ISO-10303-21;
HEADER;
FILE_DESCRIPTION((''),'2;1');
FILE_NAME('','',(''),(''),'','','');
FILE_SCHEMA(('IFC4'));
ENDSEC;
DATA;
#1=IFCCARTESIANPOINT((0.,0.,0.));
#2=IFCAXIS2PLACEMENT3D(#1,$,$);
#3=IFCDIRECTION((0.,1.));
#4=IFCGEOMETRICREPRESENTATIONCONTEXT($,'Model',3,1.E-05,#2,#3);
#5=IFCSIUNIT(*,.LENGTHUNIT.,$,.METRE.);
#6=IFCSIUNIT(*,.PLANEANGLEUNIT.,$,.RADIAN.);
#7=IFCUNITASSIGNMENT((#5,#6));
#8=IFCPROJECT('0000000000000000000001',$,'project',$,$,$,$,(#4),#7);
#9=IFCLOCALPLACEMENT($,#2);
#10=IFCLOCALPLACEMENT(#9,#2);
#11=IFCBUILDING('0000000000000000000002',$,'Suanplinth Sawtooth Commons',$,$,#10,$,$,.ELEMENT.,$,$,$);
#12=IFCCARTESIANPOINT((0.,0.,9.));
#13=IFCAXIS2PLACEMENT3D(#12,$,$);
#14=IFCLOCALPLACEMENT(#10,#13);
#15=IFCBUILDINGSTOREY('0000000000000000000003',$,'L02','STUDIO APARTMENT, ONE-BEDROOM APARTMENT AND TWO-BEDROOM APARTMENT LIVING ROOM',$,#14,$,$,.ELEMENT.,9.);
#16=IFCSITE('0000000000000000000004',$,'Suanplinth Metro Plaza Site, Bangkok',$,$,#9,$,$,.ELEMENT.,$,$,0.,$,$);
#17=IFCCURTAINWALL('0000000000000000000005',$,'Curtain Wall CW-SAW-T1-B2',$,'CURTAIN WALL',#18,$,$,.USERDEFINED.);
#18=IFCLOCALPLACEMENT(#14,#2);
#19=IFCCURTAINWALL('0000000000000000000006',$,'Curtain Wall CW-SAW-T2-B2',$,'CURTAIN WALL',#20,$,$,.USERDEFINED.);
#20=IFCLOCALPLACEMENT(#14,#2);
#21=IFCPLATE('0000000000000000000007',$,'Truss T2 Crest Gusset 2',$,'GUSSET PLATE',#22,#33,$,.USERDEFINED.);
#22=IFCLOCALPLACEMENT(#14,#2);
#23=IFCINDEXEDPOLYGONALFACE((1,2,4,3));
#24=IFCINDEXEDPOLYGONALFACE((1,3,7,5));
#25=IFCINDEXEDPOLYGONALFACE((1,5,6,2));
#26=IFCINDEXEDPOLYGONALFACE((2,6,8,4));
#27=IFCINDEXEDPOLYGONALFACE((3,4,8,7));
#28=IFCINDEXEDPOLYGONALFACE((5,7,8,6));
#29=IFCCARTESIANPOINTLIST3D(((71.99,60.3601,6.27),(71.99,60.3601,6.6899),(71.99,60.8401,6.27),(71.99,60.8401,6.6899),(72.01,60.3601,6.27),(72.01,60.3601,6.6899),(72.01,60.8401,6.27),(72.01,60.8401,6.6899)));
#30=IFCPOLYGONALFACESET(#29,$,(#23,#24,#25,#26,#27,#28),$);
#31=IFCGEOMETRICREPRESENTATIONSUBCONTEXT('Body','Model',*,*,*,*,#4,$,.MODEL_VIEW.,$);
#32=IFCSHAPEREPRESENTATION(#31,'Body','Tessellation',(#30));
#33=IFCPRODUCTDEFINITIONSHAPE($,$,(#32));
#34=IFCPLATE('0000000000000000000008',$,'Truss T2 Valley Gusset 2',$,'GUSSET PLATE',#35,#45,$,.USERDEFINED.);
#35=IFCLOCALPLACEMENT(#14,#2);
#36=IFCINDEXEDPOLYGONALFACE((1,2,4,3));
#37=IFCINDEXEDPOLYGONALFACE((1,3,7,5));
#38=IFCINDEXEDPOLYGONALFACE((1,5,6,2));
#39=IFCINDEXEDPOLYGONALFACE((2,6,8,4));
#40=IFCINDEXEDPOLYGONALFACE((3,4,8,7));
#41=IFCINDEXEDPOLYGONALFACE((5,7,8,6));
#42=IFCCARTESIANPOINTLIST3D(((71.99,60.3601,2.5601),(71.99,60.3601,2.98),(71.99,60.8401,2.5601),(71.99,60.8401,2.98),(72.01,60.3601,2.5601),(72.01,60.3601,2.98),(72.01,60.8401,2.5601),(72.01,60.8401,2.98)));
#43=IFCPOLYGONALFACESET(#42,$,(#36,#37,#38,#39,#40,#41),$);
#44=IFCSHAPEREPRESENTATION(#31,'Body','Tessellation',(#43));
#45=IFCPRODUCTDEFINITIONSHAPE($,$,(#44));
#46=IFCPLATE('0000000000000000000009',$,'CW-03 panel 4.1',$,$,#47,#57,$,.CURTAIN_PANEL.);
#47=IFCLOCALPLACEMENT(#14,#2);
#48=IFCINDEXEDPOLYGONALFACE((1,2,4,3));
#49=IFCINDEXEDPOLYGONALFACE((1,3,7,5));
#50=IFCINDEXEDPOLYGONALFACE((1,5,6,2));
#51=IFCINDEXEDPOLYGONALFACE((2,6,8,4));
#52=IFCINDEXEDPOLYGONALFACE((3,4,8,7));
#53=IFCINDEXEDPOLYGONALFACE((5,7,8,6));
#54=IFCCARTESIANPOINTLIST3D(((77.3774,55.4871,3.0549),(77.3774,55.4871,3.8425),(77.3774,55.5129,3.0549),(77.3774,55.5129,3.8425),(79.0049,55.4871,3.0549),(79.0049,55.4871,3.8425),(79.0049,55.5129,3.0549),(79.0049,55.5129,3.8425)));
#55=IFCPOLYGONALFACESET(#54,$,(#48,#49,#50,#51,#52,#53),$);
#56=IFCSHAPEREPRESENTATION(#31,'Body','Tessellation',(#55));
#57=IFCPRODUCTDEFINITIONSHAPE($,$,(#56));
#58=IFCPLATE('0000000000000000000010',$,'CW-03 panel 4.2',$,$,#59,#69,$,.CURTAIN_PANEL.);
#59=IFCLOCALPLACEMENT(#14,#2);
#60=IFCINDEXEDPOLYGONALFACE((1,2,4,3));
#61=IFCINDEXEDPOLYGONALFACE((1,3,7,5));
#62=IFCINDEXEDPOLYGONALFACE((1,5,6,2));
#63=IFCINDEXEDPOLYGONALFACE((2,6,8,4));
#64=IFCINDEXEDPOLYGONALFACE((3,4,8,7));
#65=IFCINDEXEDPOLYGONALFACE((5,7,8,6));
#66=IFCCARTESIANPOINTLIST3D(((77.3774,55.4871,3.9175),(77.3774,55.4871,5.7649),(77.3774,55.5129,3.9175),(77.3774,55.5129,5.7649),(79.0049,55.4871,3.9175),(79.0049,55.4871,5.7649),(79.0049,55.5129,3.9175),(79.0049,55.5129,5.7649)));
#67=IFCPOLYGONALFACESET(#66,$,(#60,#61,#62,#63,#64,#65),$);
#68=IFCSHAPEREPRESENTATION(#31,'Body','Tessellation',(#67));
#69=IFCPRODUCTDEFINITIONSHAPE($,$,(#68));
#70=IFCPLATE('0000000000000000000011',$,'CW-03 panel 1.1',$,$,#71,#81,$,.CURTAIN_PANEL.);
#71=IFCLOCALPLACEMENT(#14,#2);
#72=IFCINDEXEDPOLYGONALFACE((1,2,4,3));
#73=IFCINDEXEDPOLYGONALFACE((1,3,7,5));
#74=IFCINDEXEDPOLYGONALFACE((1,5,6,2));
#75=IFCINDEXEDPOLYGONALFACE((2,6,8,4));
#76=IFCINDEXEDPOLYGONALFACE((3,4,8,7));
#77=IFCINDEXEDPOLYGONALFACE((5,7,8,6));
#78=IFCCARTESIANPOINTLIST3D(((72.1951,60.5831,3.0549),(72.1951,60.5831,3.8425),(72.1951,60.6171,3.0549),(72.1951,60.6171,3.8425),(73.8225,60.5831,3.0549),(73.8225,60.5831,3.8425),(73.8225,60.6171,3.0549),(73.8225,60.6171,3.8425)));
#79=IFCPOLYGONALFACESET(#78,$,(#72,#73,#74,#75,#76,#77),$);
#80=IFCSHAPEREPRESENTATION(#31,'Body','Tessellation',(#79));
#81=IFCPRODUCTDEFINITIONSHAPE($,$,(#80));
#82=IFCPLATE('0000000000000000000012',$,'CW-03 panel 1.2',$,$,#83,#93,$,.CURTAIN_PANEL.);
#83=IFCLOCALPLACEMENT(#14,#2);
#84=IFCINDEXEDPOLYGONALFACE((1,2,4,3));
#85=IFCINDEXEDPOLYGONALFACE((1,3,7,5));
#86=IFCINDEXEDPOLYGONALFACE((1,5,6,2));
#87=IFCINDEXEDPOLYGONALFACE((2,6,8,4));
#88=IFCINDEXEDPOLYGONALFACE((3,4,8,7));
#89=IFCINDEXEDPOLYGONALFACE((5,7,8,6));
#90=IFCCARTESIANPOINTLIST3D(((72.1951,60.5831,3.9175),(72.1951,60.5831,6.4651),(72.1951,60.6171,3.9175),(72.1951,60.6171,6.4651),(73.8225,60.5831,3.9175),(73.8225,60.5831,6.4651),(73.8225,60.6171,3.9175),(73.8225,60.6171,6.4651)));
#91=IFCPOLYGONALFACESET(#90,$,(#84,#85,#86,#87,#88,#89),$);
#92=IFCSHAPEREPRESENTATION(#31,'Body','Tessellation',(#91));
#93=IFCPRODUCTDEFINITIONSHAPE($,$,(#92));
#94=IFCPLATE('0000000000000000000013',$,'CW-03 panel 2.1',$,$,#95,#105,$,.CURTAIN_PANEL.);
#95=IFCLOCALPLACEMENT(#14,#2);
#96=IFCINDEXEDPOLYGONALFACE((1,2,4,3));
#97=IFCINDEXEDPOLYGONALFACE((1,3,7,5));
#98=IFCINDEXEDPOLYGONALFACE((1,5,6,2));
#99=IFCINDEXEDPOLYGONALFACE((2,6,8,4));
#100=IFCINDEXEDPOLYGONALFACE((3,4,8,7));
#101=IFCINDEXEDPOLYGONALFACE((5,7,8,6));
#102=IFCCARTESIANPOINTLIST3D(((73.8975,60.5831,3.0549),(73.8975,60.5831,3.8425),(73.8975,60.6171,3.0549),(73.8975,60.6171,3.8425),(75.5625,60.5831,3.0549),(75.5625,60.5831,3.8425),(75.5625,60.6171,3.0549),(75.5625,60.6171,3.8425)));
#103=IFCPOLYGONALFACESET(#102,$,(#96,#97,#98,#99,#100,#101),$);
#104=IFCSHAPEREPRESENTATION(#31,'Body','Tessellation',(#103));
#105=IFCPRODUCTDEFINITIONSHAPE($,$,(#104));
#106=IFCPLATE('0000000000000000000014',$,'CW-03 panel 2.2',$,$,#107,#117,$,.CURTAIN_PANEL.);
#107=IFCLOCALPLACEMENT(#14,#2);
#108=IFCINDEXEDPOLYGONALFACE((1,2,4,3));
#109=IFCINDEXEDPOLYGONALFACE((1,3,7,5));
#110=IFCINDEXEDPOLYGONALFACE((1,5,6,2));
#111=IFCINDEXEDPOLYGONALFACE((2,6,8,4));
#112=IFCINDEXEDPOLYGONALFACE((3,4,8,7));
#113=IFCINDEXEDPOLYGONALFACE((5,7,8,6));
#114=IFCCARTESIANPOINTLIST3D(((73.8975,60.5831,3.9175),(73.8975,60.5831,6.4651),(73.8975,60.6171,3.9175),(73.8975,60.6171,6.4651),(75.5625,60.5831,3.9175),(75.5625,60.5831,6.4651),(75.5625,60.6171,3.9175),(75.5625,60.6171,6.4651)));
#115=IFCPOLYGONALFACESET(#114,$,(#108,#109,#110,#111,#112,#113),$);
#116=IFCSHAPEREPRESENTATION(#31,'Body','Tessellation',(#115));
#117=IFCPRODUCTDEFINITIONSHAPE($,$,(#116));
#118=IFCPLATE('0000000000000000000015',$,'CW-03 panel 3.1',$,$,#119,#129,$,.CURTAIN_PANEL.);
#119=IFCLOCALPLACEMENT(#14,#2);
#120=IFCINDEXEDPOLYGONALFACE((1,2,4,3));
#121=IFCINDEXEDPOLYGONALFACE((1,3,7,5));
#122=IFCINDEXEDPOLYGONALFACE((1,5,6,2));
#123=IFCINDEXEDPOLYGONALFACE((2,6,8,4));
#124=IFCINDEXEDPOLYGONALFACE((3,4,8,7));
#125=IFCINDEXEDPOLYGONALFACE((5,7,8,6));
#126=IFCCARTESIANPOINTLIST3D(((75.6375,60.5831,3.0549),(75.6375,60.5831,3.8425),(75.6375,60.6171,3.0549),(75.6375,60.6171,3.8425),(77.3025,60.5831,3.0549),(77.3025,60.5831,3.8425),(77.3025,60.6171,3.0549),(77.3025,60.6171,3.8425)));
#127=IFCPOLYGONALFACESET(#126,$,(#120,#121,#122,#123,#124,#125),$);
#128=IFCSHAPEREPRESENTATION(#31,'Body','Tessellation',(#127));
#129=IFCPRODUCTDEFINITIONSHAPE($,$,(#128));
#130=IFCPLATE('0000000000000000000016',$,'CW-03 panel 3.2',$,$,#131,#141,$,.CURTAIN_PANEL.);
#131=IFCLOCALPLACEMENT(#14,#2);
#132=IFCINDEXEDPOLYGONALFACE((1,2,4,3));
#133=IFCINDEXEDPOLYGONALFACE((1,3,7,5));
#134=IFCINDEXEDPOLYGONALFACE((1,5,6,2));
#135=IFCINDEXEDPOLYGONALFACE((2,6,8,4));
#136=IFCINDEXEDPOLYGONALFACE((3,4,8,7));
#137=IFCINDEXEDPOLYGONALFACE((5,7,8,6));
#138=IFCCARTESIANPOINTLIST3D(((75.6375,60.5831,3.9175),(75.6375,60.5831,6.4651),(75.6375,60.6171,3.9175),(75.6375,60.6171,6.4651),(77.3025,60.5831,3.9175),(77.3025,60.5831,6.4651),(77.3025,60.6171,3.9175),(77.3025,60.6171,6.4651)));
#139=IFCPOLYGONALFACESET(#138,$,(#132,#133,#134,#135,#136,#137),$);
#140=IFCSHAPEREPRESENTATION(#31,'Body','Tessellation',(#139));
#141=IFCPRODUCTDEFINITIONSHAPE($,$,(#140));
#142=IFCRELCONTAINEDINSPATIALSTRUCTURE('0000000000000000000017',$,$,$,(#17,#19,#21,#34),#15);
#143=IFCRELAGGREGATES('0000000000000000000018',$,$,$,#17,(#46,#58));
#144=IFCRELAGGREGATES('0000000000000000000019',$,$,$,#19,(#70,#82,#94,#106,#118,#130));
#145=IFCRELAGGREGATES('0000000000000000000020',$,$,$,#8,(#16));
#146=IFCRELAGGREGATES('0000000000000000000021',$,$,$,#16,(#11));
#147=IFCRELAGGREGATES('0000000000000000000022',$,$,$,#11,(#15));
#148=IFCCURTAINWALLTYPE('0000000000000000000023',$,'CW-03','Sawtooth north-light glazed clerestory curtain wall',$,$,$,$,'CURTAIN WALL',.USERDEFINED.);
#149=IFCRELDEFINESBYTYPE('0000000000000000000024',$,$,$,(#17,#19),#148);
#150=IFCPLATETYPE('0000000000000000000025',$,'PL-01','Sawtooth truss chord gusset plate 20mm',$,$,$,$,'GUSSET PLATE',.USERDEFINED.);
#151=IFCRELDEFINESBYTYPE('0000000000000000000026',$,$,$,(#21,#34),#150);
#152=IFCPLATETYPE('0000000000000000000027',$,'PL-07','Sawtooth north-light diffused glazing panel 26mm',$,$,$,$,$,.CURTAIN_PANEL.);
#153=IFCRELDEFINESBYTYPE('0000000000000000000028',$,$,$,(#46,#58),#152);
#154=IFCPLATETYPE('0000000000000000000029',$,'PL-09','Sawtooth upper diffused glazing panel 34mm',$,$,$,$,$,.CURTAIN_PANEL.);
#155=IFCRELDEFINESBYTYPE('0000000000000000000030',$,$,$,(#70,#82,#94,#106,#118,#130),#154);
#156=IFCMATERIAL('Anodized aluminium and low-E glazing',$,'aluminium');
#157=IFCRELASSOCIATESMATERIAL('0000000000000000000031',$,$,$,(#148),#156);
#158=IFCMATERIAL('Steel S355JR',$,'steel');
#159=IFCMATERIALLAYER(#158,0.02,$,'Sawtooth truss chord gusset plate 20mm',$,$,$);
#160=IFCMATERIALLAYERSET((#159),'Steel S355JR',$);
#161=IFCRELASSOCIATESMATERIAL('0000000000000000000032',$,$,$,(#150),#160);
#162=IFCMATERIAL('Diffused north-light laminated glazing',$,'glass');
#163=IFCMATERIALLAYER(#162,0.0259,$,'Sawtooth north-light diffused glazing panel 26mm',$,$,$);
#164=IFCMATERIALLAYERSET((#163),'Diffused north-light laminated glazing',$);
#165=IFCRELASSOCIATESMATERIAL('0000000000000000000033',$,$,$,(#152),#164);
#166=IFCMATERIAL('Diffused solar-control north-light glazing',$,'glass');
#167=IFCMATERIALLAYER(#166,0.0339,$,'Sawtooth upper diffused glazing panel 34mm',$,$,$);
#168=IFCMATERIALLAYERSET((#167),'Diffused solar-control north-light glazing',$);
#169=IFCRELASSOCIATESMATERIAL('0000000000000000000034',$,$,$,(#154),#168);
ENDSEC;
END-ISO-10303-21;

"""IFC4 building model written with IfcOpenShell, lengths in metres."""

from ifc_helpers import new_model, si_unit, direction, frame, origin, origin_2d, place, context, subcontext, project, spatial, rectangle, extrude, material, layer, layer_set, type_object, element, aggregate, save


model = new_model("IFC4")

# Units and contexts
model_context = context("Model", 3, precision=1e-05, world=origin(), true_north=direction((0.0, 1.0)))
body_context = subcontext(model_context, "Body", "Model", "MODEL_VIEW")
ifc_project = project(units=[si_unit("LENGTHUNIT", "METRE"), si_unit("PLANEANGLEUNIT", "RADIAN")], contexts=[model_context])

# Site, building, storey
site_placement = place(None, origin())
site = spatial("IfcSite", under=ifc_project, at=site_placement, Name="Suanplinth Metro Plaza Site, Bangkok", CompositionType="ELEMENT", RefElevation=0.0)
building_placement = place(site_placement, origin())
building = spatial("IfcBuilding", under=site, at=building_placement, Name="Suanplinth Sawtooth Commons", CompositionType="ELEMENT")
storey_placement = place(building_placement, frame((0.0, 0.0, 9.0)))
storey = spatial("IfcBuildingStorey", under=building, at=storey_placement, Name="L02", Description="STUDIO APARTMENT, ONE-BEDROOM APARTMENT AND TWO-BEDROOM APARTMENT LIVING ROOM", CompositionType="ELEMENT", Elevation=9.0)

# Shared definitions
ifc_material_1 = material(Name="Steel S355JR", Category="steel")

# Curtain wall
ifc_material_2 = material(Name="Anodized aluminium and low-E glazing", Category="aluminium")
curtain_wall_type = type_object("IfcCurtainWallType", Name="CW-03", Description="Sawtooth north-light glazed clerestory curtain wall", ElementType="CURTAIN WALL", PredefinedType="USERDEFINED", material=ifc_material_2)
curtain_wall_1_placement = place(storey_placement, origin())
curtain_wall_1 = element("IfcCurtainWall", 1, at=curtain_wall_1_placement, inside=storey, type_object=curtain_wall_type, Name="Curtain Wall CW-SAW-T1-B2", ObjectType="CURTAIN WALL", PredefinedType="USERDEFINED")

# Curtain wall
curtain_wall_2_placement = place(storey_placement, origin())
curtain_wall_2 = element("IfcCurtainWall", 2, at=curtain_wall_2_placement, inside=storey, type_object=curtain_wall_type, Name="Curtain Wall CW-SAW-T2-B2", ObjectType="CURTAIN WALL", PredefinedType="USERDEFINED")

# Plates
ifc_layer_1 = layer(ifc_material_1, 0.02, Name="Sawtooth truss chord gusset plate 20mm")
ifc_layer_set_1 = layer_set([ifc_layer_1], Name="Steel S355JR")
plate_type_1 = type_object("IfcPlateType", Name="PL-01", Description="Sawtooth truss chord gusset plate 20mm", ElementType="GUSSET PLATE", PredefinedType="USERDEFINED", material=ifc_layer_set_1)
for number, where, z_axis, x_axis, name in (
    (3, (72.0, 60.6001, 6.27), (0.0, 0.0, 1.0), (1.0, 0.0, 0.0), "Truss T2 Crest Gusset 2"),
    (4, (72.0, 60.6001, 2.5601), (0.0, 0.0, 1.0), (1.0, 0.0, 0.0), "Truss T2 Valley Gusset 2"),
):
    element("IfcPlate", number, at=place(storey_placement, frame(where, z_axis=z_axis, x_axis=x_axis)), inside=storey, type_object=plate_type_1, Name=name, ObjectType="GUSSET PLATE", PredefinedType="USERDEFINED", context=body_context, shape_type="SweptSolid", body=[
        extrude(rectangle(XDim=0.02, YDim=0.48, at=origin_2d()), origin(), (0.0, 0.0, 1.0), 0.4199),
    ])

# Plates
ifc_material_3 = material(Name="Diffused north-light laminated glazing", Category="glass")
ifc_layer_2 = layer(ifc_material_3, 0.0259, Name="Sawtooth north-light diffused glazing panel 26mm")
ifc_layer_set_2 = layer_set([ifc_layer_2], Name="Diffused north-light laminated glazing")
plate_type_2 = type_object("IfcPlateType", Name="PL-07", Description="Sawtooth north-light diffused glazing panel 26mm", PredefinedType="CURTAIN_PANEL", material=ifc_layer_set_2)
plate_1_placement = place(storey_placement, frame((78.1912, 55.5, 3.0549), z_axis=(0.0, 0.0, 1.0), x_axis=(1.0, 0.0, 0.0)))
plate_1 = element("IfcPlate", 5, at=plate_1_placement, type_object=plate_type_2, Name="CW-03 panel 4.1", PredefinedType="CURTAIN_PANEL", context=body_context, shape_type="SweptSolid", body=[
    extrude(rectangle(XDim=1.6274, YDim=0.0259, at=origin_2d()), origin(), (0.0, 0.0, 1.0), 0.7876),
])
plate_2_placement = place(storey_placement, frame((78.1912, 55.5, 3.9175), z_axis=(0.0, 0.0, 1.0), x_axis=(1.0, 0.0, 0.0)))
plate_2 = element("IfcPlate", 6, at=plate_2_placement, type_object=plate_type_2, Name="CW-03 panel 4.2", PredefinedType="CURTAIN_PANEL", context=body_context, shape_type="SweptSolid", body=[
    extrude(rectangle(XDim=1.6274, YDim=0.0259, at=origin_2d()), origin(), (0.0, 0.0, 1.0), 1.8474),
])
aggregate(curtain_wall_1, [plate_1, plate_2])
ifc_material_4 = material(Name="Diffused solar-control north-light glazing", Category="glass")
ifc_layer_3 = layer(ifc_material_4, 0.0339, Name="Sawtooth upper diffused glazing panel 34mm")
ifc_layer_set_3 = layer_set([ifc_layer_3], Name="Diffused solar-control north-light glazing")
plate_type_3 = type_object("IfcPlateType", Name="PL-09", Description="Sawtooth upper diffused glazing panel 34mm", PredefinedType="CURTAIN_PANEL", material=ifc_layer_set_3)
plate_3_placement = place(storey_placement, frame((73.0088, 60.6001, 3.0549), z_axis=(0.0, 0.0, 1.0), x_axis=(1.0, 0.0, 0.0)))
plate_3 = element("IfcPlate", 7, at=plate_3_placement, type_object=plate_type_3, Name="CW-03 panel 1.1", PredefinedType="CURTAIN_PANEL", context=body_context, shape_type="SweptSolid", body=[
    extrude(rectangle(XDim=1.6274, YDim=0.0339, at=origin_2d()), origin(), (0.0, 0.0, 1.0), 0.7876),
])
plate_4_placement = place(storey_placement, frame((73.0088, 60.6001, 3.9175), z_axis=(0.0, 0.0, 1.0), x_axis=(1.0, 0.0, 0.0)))
plate_4 = element("IfcPlate", 8, at=plate_4_placement, type_object=plate_type_3, Name="CW-03 panel 1.2", PredefinedType="CURTAIN_PANEL", context=body_context, shape_type="SweptSolid", body=[
    extrude(rectangle(XDim=1.6274, YDim=0.0339, at=origin_2d()), origin(), (0.0, 0.0, 1.0), 2.5476),
])
plate_5_placement = place(storey_placement, frame((74.73, 60.6001, 3.0549), z_axis=(0.0, 0.0, 1.0), x_axis=(1.0, 0.0, 0.0)))
plate_5 = element("IfcPlate", 9, at=plate_5_placement, type_object=plate_type_3, Name="CW-03 panel 2.1", PredefinedType="CURTAIN_PANEL", context=body_context, shape_type="SweptSolid", body=[
    extrude(rectangle(XDim=1.665, YDim=0.0339, at=origin_2d()), origin(), (0.0, 0.0, 1.0), 0.7876),
])
plate_6_placement = place(storey_placement, frame((74.73, 60.6001, 3.9175), z_axis=(0.0, 0.0, 1.0), x_axis=(1.0, 0.0, 0.0)))
plate_6 = element("IfcPlate", 10, at=plate_6_placement, type_object=plate_type_3, Name="CW-03 panel 2.2", PredefinedType="CURTAIN_PANEL", context=body_context, shape_type="SweptSolid", body=[
    extrude(rectangle(XDim=1.665, YDim=0.0339, at=origin_2d()), origin(), (0.0, 0.0, 1.0), 2.5476),
])
plate_7_placement = place(storey_placement, frame((76.47, 60.6001, 3.0549), z_axis=(0.0, 0.0, 1.0), x_axis=(1.0, 0.0, 0.0)))
plate_7 = element("IfcPlate", 11, at=plate_7_placement, type_object=plate_type_3, Name="CW-03 panel 3.1", PredefinedType="CURTAIN_PANEL", context=body_context, shape_type="SweptSolid", body=[
    extrude(rectangle(XDim=1.665, YDim=0.0339, at=origin_2d()), origin(), (0.0, 0.0, 1.0), 0.7876),
])
plate_8_placement = place(storey_placement, frame((76.47, 60.6001, 3.9175), z_axis=(0.0, 0.0, 1.0), x_axis=(1.0, 0.0, 0.0)))
plate_8 = element("IfcPlate", 12, at=plate_8_placement, type_object=plate_type_3, Name="CW-03 panel 3.2", PredefinedType="CURTAIN_PANEL", context=body_context, shape_type="SweptSolid", body=[
    extrude(rectangle(XDim=1.665, YDim=0.0339, at=origin_2d()), origin(), (0.0, 0.0, 1.0), 2.5476),
])
aggregate(curtain_wall_2, [plate_3, plate_4, plate_5, plate_6, plate_7, plate_8])

save(model, "model.ifc")
